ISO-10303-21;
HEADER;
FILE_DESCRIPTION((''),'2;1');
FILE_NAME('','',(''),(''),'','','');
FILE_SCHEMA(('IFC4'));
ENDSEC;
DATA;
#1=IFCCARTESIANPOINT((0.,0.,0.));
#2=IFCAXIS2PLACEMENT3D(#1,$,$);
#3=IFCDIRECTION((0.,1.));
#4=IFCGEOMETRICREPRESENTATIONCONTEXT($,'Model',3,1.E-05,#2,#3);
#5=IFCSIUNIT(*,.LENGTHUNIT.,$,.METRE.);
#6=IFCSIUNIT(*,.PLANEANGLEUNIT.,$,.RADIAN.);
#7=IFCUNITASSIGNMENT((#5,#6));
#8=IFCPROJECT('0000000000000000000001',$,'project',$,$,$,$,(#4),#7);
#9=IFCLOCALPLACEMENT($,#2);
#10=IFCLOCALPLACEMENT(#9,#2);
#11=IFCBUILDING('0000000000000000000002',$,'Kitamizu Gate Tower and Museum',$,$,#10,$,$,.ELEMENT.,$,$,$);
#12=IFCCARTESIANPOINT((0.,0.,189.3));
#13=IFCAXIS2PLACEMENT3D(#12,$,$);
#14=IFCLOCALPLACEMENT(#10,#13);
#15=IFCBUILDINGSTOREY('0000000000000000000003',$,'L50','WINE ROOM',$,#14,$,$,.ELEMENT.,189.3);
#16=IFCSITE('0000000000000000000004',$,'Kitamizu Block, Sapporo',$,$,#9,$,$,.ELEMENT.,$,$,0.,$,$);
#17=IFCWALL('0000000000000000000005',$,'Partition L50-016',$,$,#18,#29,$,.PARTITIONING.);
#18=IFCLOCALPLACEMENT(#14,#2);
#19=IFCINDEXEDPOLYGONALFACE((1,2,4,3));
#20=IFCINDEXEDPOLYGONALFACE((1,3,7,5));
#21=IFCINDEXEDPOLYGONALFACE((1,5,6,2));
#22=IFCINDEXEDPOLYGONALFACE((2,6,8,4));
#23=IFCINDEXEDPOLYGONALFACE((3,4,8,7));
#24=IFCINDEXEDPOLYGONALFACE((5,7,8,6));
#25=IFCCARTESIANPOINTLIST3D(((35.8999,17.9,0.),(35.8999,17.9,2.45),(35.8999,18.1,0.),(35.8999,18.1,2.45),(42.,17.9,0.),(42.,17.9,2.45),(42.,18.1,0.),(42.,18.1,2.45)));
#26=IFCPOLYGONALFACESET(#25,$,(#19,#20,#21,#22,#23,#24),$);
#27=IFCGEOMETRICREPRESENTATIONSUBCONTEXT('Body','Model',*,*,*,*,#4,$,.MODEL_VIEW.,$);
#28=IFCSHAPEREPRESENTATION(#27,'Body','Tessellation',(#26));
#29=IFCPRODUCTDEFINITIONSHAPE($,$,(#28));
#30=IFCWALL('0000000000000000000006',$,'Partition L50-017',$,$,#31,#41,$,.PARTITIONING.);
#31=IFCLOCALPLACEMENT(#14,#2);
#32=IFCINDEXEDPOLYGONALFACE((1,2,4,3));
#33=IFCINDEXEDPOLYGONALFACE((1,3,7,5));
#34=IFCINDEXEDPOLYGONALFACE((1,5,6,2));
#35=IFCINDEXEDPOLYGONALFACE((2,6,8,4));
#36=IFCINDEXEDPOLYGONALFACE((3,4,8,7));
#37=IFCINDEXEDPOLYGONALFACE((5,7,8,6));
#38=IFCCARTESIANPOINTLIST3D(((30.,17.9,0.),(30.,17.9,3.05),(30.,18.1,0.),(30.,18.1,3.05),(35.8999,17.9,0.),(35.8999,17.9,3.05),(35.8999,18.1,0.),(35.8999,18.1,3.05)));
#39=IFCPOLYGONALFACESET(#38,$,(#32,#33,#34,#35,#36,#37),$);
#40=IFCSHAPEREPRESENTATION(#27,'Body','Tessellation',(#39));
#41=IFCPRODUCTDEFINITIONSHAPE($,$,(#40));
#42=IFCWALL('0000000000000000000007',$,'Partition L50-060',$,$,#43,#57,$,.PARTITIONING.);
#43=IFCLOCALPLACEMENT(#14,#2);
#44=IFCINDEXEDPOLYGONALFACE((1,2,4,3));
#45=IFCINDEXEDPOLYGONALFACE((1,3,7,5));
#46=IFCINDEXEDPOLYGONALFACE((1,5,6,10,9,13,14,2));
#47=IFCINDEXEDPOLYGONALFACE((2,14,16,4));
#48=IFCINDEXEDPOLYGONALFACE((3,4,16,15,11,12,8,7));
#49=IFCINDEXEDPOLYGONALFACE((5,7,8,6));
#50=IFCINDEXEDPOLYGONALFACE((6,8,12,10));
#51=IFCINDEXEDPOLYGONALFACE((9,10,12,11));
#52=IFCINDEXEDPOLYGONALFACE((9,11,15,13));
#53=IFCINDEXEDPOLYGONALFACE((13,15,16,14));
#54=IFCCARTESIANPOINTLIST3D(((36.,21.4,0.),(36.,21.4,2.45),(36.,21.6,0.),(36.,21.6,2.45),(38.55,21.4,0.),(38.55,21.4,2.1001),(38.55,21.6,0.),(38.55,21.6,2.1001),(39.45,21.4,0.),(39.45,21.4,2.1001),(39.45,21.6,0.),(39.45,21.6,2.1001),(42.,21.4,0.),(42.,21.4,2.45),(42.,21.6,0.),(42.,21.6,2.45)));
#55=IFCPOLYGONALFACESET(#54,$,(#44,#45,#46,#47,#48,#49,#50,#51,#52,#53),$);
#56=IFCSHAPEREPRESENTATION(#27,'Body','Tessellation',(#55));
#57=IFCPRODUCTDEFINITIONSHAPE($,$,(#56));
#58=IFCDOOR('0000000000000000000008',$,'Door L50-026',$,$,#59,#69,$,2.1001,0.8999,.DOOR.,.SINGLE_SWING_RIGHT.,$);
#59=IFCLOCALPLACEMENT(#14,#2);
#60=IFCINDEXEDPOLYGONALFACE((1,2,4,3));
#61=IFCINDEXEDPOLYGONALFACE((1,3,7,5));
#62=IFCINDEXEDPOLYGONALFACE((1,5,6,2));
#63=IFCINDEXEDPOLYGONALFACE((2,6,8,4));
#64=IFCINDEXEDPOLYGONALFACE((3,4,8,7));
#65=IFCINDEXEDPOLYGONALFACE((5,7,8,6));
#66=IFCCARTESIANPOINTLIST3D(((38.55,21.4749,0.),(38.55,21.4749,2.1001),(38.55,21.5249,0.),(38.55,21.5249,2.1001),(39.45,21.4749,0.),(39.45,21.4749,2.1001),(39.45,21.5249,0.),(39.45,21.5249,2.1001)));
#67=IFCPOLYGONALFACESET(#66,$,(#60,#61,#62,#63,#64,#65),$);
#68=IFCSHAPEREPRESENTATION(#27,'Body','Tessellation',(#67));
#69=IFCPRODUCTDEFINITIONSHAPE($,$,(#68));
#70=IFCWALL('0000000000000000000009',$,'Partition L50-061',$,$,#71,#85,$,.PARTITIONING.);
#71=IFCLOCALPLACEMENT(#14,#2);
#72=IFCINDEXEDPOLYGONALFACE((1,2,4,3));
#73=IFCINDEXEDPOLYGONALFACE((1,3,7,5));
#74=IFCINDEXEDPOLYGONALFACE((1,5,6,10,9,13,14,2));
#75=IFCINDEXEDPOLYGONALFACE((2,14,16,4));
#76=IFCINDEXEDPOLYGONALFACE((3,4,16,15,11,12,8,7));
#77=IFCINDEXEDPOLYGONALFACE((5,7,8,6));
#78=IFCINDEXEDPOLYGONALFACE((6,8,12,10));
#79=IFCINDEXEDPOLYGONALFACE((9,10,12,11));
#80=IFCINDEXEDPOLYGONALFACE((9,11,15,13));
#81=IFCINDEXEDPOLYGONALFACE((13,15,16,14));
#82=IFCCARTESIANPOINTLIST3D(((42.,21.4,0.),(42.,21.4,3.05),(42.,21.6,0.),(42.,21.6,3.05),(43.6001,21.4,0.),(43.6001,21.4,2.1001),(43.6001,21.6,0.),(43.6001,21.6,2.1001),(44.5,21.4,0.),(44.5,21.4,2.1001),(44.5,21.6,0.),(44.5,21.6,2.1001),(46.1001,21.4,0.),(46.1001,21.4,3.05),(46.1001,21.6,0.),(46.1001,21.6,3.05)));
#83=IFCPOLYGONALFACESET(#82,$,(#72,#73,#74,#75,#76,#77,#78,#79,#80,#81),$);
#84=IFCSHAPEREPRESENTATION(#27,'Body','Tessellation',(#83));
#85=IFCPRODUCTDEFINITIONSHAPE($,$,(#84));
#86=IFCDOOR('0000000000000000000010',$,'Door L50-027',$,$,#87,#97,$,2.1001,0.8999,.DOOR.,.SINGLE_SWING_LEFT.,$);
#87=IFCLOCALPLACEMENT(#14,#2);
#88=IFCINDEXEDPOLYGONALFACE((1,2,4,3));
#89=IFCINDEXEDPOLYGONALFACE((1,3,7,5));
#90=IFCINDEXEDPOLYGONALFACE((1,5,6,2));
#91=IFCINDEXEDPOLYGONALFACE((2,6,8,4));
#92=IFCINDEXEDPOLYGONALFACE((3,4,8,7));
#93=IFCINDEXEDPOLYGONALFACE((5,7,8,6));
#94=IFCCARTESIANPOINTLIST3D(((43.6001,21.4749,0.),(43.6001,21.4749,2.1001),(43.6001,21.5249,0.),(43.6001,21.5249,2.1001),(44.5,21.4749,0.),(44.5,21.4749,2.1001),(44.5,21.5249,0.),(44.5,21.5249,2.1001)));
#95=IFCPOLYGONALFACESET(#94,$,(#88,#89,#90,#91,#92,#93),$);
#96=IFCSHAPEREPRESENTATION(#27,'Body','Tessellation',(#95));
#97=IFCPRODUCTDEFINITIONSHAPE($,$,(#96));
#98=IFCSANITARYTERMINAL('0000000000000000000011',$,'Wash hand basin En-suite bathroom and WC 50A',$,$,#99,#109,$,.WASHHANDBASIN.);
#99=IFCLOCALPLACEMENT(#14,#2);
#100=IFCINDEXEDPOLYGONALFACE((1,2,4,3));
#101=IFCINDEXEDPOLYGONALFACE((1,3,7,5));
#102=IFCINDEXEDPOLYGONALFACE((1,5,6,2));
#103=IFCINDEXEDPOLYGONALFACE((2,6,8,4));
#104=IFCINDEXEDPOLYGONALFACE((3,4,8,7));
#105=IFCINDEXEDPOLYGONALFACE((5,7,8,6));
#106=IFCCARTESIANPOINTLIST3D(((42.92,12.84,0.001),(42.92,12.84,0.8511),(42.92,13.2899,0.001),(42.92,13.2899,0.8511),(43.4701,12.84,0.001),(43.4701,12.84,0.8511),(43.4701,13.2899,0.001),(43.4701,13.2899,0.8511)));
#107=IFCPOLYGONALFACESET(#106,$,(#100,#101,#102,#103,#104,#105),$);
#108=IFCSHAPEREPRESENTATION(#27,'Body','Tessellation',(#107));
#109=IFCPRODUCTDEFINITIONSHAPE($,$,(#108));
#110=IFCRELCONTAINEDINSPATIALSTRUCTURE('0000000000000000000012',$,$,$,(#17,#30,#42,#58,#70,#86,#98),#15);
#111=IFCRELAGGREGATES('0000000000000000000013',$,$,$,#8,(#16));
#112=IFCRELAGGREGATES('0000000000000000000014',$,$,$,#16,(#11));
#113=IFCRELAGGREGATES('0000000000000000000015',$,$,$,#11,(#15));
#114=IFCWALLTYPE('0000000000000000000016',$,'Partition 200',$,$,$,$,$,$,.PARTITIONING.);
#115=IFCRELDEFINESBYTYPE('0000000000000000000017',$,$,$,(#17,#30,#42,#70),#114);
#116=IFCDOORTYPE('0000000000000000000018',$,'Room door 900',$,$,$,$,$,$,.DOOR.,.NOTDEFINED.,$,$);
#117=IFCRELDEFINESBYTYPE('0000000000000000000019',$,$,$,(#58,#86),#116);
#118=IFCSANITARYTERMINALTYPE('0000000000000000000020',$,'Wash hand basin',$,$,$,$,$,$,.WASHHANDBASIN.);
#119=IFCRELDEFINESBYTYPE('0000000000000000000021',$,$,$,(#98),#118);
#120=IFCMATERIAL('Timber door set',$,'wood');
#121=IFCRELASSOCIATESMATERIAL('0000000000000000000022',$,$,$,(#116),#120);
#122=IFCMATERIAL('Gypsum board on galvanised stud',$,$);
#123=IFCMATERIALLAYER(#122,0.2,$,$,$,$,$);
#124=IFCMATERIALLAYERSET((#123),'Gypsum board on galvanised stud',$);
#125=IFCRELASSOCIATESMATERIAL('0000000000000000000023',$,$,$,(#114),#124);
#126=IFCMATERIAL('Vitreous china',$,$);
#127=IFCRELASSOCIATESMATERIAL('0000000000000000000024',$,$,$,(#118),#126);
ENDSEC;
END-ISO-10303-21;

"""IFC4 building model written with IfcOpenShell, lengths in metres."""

from ifc_helpers import new_model, si_unit, direction, frame, frame_2d, origin, origin_2d, place, context, subcontext, project, spatial, rectangle, extrude, material, layer, layer_set, type_object, element, fill, save


model = new_model("IFC4")

# Units and contexts
model_context = context("Model", 3, precision=1e-05, world=origin(), true_north=direction((0.0, 1.0)))
body_context = subcontext(model_context, "Body", "Model", "MODEL_VIEW")
ifc_project = project(units=[si_unit("LENGTHUNIT", "METRE"), si_unit("PLANEANGLEUNIT", "RADIAN")], contexts=[model_context])

# Site, building, storey
site_placement = place(None, origin())
site = spatial("IfcSite", under=ifc_project, at=site_placement, Name="Kitamizu Block, Sapporo", CompositionType="ELEMENT", RefElevation=0.0)
building_placement = place(site_placement, origin())
building = spatial("IfcBuilding", under=site, at=building_placement, Name="Kitamizu Gate Tower and Museum", CompositionType="ELEMENT")
storey_placement = place(building_placement, frame((0.0, 0.0, 189.3)))
storey = spatial("IfcBuildingStorey", under=building, at=storey_placement, Name="L50", Description="WINE ROOM", CompositionType="ELEMENT", Elevation=189.3)

# Shared definitions
ifc_material_1 = material(Name="Timber door set", Category="wood")
door_type_1 = type_object("IfcDoorType", Name="Room door 900", OperationType="NOTDEFINED", PredefinedType="DOOR", material=ifc_material_1)

# Walls
ifc_material_2 = material(Name="Gypsum board on galvanised stud")
ifc_layer_1 = layer(ifc_material_2, 0.2)
ifc_layer_set_1 = layer_set([ifc_layer_1], Name="Gypsum board on galvanised stud")
wall_type_1 = type_object("IfcWallType", Name="Partition 200", PredefinedType="PARTITIONING", material=ifc_layer_set_1)
wall_1_placement = place(storey_placement, frame((42.0, 18.0, 0.0), z_axis=(0.0, 0.0, 1.0), x_axis=(-1.0, 0.0, 0.0)))
element("IfcWall", 1, at=wall_1_placement, inside=storey, type_object=wall_type_1, Name="Partition L50-016", PredefinedType="PARTITIONING", context=body_context, shape_type="SweptSolid", body=[
    extrude(rectangle(XDim=6.1001, YDim=0.2, at=frame_2d((3.05, 0.0))), origin(), (0.0, 0.0, 1.0), 2.45),
])
wall_2_placement = place(storey_placement, frame((35.8999, 18.0, 0.0), z_axis=(0.0, 0.0, 1.0), x_axis=(-1.0, 0.0, 0.0)))
element("IfcWall", 2, at=wall_2_placement, inside=storey, type_object=wall_type_1, Name="Partition L50-017", PredefinedType="PARTITIONING", context=body_context, shape_type="SweptSolid", body=[
    extrude(rectangle(XDim=5.8999, YDim=0.2, at=frame_2d((2.95, 0.0))), origin(), (0.0, 0.0, 1.0), 3.05),
])

# Walls, openings, doors
wall_3_placement = place(storey_placement, frame((36.0, 21.5, 0.0), z_axis=(0.0, 0.0, 1.0), x_axis=(1.0, 0.0, 0.0)))
wall_3 = element("IfcWall", 3, at=wall_3_placement, inside=storey, type_object=wall_type_1, Name="Partition L50-060", PredefinedType="PARTITIONING", context=body_context, shape_type="SweptSolid", body=[
    extrude(rectangle(XDim=6.0, YDim=0.2, at=frame_2d((3.0, 0.0))), origin(), (0.0, 0.0, 1.0), 2.45),
])
opening_1_placement = place(wall_3_placement, frame((2.55, 0.0, 0.0)))
opening_1 = element("IfcOpeningElement", 4, at=opening_1_placement, cuts=wall_3, PredefinedType="OPENING", context=body_context, shape_type="SweptSolid", body=[
    extrude(rectangle(XDim=0.8999, YDim=2.1001, at=frame_2d((0.45, 1.05))), frame((0.0, 0.1099, 0.0), z_axis=(0.0, -1.0, 0.0), x_axis=(1.0, 0.0, 0.0)), (0.0, 0.0, 1.0), 0.22),
])
door_1_placement = place(opening_1_placement, origin())
door_1 = element("IfcDoor", 5, at=door_1_placement, inside=storey, type_object=door_type_1, Name="Door L50-026", OperationType="SINGLE_SWING_RIGHT", OverallHeight=2.1001, OverallWidth=0.8999, PredefinedType="DOOR", context=body_context, shape_type="SweptSolid", body=[
    extrude(rectangle(XDim=0.8999, YDim=2.1001, at=frame_2d((0.45, 1.05))), frame((0.0, 0.0249, 0.0), z_axis=(0.0, -1.0, 0.0), x_axis=(1.0, 0.0, 0.0)), (0.0, 0.0, 1.0), 0.05),
])
fill(opening_1, door_1)
wall_4_placement = place(storey_placement, frame((42.0, 21.5, 0.0), z_axis=(0.0, 0.0, 1.0), x_axis=(1.0, 0.0, 0.0)))
wall_4 = element("IfcWall", 6, at=wall_4_placement, inside=storey, type_object=wall_type_1, Name="Partition L50-061", PredefinedType="PARTITIONING", context=body_context, shape_type="SweptSolid", body=[
    extrude(rectangle(XDim=4.1001, YDim=0.2, at=frame_2d((2.05, 0.0))), origin(), (0.0, 0.0, 1.0), 3.05),
])
opening_2_placement = place(wall_4_placement, frame((1.6001, 0.0, 0.0)))
opening_2 = element("IfcOpeningElement", 7, at=opening_2_placement, cuts=wall_4, PredefinedType="OPENING", context=body_context, shape_type="SweptSolid", body=[
    extrude(rectangle(XDim=0.8999, YDim=2.1001, at=frame_2d((0.45, 1.05))), frame((0.0, 0.1099, 0.0), z_axis=(0.0, -1.0, 0.0), x_axis=(1.0, 0.0, 0.0)), (0.0, 0.0, 1.0), 0.22),
])
door_2_placement = place(opening_2_placement, origin())
door_2 = element("IfcDoor", 8, at=door_2_placement, inside=storey, type_object=door_type_1, Name="Door L50-027", OperationType="SINGLE_SWING_LEFT", OverallHeight=2.1001, OverallWidth=0.8999, PredefinedType="DOOR", context=body_context, shape_type="SweptSolid", body=[
    extrude(rectangle(XDim=0.8999, YDim=2.1001, at=frame_2d((0.45, 1.05))), frame((0.0, 0.0249, 0.0), z_axis=(0.0, -1.0, 0.0), x_axis=(1.0, 0.0, 0.0)), (0.0, 0.0, 1.0), 0.05),
])
fill(opening_2, door_2)

# Sanitary terminal
ifc_material_3 = material(Name="Vitreous china")
sanitary_terminal_type = type_object("IfcSanitaryTerminalType", Name="Wash hand basin", PredefinedType="WASHHANDBASIN", material=ifc_material_3)
sanitary_terminal_placement = place(storey_placement, frame((43.1951, 13.0649, 0.001), z_axis=(0.0, 0.0, 1.0), x_axis=(1.0, 0.0, 0.0)))
element("IfcSanitaryTerminal", 9, at=sanitary_terminal_placement, inside=storey, type_object=sanitary_terminal_type, Name="Wash hand basin En-suite bathroom and WC 50A", PredefinedType="WASHHANDBASIN", context=body_context, shape_type="SweptSolid", body=[
    extrude(rectangle(XDim=0.55, YDim=0.45, at=origin_2d()), origin(), (0.0, 0.0, 1.0), 0.8501),
])

save(model, "model.ifc")
